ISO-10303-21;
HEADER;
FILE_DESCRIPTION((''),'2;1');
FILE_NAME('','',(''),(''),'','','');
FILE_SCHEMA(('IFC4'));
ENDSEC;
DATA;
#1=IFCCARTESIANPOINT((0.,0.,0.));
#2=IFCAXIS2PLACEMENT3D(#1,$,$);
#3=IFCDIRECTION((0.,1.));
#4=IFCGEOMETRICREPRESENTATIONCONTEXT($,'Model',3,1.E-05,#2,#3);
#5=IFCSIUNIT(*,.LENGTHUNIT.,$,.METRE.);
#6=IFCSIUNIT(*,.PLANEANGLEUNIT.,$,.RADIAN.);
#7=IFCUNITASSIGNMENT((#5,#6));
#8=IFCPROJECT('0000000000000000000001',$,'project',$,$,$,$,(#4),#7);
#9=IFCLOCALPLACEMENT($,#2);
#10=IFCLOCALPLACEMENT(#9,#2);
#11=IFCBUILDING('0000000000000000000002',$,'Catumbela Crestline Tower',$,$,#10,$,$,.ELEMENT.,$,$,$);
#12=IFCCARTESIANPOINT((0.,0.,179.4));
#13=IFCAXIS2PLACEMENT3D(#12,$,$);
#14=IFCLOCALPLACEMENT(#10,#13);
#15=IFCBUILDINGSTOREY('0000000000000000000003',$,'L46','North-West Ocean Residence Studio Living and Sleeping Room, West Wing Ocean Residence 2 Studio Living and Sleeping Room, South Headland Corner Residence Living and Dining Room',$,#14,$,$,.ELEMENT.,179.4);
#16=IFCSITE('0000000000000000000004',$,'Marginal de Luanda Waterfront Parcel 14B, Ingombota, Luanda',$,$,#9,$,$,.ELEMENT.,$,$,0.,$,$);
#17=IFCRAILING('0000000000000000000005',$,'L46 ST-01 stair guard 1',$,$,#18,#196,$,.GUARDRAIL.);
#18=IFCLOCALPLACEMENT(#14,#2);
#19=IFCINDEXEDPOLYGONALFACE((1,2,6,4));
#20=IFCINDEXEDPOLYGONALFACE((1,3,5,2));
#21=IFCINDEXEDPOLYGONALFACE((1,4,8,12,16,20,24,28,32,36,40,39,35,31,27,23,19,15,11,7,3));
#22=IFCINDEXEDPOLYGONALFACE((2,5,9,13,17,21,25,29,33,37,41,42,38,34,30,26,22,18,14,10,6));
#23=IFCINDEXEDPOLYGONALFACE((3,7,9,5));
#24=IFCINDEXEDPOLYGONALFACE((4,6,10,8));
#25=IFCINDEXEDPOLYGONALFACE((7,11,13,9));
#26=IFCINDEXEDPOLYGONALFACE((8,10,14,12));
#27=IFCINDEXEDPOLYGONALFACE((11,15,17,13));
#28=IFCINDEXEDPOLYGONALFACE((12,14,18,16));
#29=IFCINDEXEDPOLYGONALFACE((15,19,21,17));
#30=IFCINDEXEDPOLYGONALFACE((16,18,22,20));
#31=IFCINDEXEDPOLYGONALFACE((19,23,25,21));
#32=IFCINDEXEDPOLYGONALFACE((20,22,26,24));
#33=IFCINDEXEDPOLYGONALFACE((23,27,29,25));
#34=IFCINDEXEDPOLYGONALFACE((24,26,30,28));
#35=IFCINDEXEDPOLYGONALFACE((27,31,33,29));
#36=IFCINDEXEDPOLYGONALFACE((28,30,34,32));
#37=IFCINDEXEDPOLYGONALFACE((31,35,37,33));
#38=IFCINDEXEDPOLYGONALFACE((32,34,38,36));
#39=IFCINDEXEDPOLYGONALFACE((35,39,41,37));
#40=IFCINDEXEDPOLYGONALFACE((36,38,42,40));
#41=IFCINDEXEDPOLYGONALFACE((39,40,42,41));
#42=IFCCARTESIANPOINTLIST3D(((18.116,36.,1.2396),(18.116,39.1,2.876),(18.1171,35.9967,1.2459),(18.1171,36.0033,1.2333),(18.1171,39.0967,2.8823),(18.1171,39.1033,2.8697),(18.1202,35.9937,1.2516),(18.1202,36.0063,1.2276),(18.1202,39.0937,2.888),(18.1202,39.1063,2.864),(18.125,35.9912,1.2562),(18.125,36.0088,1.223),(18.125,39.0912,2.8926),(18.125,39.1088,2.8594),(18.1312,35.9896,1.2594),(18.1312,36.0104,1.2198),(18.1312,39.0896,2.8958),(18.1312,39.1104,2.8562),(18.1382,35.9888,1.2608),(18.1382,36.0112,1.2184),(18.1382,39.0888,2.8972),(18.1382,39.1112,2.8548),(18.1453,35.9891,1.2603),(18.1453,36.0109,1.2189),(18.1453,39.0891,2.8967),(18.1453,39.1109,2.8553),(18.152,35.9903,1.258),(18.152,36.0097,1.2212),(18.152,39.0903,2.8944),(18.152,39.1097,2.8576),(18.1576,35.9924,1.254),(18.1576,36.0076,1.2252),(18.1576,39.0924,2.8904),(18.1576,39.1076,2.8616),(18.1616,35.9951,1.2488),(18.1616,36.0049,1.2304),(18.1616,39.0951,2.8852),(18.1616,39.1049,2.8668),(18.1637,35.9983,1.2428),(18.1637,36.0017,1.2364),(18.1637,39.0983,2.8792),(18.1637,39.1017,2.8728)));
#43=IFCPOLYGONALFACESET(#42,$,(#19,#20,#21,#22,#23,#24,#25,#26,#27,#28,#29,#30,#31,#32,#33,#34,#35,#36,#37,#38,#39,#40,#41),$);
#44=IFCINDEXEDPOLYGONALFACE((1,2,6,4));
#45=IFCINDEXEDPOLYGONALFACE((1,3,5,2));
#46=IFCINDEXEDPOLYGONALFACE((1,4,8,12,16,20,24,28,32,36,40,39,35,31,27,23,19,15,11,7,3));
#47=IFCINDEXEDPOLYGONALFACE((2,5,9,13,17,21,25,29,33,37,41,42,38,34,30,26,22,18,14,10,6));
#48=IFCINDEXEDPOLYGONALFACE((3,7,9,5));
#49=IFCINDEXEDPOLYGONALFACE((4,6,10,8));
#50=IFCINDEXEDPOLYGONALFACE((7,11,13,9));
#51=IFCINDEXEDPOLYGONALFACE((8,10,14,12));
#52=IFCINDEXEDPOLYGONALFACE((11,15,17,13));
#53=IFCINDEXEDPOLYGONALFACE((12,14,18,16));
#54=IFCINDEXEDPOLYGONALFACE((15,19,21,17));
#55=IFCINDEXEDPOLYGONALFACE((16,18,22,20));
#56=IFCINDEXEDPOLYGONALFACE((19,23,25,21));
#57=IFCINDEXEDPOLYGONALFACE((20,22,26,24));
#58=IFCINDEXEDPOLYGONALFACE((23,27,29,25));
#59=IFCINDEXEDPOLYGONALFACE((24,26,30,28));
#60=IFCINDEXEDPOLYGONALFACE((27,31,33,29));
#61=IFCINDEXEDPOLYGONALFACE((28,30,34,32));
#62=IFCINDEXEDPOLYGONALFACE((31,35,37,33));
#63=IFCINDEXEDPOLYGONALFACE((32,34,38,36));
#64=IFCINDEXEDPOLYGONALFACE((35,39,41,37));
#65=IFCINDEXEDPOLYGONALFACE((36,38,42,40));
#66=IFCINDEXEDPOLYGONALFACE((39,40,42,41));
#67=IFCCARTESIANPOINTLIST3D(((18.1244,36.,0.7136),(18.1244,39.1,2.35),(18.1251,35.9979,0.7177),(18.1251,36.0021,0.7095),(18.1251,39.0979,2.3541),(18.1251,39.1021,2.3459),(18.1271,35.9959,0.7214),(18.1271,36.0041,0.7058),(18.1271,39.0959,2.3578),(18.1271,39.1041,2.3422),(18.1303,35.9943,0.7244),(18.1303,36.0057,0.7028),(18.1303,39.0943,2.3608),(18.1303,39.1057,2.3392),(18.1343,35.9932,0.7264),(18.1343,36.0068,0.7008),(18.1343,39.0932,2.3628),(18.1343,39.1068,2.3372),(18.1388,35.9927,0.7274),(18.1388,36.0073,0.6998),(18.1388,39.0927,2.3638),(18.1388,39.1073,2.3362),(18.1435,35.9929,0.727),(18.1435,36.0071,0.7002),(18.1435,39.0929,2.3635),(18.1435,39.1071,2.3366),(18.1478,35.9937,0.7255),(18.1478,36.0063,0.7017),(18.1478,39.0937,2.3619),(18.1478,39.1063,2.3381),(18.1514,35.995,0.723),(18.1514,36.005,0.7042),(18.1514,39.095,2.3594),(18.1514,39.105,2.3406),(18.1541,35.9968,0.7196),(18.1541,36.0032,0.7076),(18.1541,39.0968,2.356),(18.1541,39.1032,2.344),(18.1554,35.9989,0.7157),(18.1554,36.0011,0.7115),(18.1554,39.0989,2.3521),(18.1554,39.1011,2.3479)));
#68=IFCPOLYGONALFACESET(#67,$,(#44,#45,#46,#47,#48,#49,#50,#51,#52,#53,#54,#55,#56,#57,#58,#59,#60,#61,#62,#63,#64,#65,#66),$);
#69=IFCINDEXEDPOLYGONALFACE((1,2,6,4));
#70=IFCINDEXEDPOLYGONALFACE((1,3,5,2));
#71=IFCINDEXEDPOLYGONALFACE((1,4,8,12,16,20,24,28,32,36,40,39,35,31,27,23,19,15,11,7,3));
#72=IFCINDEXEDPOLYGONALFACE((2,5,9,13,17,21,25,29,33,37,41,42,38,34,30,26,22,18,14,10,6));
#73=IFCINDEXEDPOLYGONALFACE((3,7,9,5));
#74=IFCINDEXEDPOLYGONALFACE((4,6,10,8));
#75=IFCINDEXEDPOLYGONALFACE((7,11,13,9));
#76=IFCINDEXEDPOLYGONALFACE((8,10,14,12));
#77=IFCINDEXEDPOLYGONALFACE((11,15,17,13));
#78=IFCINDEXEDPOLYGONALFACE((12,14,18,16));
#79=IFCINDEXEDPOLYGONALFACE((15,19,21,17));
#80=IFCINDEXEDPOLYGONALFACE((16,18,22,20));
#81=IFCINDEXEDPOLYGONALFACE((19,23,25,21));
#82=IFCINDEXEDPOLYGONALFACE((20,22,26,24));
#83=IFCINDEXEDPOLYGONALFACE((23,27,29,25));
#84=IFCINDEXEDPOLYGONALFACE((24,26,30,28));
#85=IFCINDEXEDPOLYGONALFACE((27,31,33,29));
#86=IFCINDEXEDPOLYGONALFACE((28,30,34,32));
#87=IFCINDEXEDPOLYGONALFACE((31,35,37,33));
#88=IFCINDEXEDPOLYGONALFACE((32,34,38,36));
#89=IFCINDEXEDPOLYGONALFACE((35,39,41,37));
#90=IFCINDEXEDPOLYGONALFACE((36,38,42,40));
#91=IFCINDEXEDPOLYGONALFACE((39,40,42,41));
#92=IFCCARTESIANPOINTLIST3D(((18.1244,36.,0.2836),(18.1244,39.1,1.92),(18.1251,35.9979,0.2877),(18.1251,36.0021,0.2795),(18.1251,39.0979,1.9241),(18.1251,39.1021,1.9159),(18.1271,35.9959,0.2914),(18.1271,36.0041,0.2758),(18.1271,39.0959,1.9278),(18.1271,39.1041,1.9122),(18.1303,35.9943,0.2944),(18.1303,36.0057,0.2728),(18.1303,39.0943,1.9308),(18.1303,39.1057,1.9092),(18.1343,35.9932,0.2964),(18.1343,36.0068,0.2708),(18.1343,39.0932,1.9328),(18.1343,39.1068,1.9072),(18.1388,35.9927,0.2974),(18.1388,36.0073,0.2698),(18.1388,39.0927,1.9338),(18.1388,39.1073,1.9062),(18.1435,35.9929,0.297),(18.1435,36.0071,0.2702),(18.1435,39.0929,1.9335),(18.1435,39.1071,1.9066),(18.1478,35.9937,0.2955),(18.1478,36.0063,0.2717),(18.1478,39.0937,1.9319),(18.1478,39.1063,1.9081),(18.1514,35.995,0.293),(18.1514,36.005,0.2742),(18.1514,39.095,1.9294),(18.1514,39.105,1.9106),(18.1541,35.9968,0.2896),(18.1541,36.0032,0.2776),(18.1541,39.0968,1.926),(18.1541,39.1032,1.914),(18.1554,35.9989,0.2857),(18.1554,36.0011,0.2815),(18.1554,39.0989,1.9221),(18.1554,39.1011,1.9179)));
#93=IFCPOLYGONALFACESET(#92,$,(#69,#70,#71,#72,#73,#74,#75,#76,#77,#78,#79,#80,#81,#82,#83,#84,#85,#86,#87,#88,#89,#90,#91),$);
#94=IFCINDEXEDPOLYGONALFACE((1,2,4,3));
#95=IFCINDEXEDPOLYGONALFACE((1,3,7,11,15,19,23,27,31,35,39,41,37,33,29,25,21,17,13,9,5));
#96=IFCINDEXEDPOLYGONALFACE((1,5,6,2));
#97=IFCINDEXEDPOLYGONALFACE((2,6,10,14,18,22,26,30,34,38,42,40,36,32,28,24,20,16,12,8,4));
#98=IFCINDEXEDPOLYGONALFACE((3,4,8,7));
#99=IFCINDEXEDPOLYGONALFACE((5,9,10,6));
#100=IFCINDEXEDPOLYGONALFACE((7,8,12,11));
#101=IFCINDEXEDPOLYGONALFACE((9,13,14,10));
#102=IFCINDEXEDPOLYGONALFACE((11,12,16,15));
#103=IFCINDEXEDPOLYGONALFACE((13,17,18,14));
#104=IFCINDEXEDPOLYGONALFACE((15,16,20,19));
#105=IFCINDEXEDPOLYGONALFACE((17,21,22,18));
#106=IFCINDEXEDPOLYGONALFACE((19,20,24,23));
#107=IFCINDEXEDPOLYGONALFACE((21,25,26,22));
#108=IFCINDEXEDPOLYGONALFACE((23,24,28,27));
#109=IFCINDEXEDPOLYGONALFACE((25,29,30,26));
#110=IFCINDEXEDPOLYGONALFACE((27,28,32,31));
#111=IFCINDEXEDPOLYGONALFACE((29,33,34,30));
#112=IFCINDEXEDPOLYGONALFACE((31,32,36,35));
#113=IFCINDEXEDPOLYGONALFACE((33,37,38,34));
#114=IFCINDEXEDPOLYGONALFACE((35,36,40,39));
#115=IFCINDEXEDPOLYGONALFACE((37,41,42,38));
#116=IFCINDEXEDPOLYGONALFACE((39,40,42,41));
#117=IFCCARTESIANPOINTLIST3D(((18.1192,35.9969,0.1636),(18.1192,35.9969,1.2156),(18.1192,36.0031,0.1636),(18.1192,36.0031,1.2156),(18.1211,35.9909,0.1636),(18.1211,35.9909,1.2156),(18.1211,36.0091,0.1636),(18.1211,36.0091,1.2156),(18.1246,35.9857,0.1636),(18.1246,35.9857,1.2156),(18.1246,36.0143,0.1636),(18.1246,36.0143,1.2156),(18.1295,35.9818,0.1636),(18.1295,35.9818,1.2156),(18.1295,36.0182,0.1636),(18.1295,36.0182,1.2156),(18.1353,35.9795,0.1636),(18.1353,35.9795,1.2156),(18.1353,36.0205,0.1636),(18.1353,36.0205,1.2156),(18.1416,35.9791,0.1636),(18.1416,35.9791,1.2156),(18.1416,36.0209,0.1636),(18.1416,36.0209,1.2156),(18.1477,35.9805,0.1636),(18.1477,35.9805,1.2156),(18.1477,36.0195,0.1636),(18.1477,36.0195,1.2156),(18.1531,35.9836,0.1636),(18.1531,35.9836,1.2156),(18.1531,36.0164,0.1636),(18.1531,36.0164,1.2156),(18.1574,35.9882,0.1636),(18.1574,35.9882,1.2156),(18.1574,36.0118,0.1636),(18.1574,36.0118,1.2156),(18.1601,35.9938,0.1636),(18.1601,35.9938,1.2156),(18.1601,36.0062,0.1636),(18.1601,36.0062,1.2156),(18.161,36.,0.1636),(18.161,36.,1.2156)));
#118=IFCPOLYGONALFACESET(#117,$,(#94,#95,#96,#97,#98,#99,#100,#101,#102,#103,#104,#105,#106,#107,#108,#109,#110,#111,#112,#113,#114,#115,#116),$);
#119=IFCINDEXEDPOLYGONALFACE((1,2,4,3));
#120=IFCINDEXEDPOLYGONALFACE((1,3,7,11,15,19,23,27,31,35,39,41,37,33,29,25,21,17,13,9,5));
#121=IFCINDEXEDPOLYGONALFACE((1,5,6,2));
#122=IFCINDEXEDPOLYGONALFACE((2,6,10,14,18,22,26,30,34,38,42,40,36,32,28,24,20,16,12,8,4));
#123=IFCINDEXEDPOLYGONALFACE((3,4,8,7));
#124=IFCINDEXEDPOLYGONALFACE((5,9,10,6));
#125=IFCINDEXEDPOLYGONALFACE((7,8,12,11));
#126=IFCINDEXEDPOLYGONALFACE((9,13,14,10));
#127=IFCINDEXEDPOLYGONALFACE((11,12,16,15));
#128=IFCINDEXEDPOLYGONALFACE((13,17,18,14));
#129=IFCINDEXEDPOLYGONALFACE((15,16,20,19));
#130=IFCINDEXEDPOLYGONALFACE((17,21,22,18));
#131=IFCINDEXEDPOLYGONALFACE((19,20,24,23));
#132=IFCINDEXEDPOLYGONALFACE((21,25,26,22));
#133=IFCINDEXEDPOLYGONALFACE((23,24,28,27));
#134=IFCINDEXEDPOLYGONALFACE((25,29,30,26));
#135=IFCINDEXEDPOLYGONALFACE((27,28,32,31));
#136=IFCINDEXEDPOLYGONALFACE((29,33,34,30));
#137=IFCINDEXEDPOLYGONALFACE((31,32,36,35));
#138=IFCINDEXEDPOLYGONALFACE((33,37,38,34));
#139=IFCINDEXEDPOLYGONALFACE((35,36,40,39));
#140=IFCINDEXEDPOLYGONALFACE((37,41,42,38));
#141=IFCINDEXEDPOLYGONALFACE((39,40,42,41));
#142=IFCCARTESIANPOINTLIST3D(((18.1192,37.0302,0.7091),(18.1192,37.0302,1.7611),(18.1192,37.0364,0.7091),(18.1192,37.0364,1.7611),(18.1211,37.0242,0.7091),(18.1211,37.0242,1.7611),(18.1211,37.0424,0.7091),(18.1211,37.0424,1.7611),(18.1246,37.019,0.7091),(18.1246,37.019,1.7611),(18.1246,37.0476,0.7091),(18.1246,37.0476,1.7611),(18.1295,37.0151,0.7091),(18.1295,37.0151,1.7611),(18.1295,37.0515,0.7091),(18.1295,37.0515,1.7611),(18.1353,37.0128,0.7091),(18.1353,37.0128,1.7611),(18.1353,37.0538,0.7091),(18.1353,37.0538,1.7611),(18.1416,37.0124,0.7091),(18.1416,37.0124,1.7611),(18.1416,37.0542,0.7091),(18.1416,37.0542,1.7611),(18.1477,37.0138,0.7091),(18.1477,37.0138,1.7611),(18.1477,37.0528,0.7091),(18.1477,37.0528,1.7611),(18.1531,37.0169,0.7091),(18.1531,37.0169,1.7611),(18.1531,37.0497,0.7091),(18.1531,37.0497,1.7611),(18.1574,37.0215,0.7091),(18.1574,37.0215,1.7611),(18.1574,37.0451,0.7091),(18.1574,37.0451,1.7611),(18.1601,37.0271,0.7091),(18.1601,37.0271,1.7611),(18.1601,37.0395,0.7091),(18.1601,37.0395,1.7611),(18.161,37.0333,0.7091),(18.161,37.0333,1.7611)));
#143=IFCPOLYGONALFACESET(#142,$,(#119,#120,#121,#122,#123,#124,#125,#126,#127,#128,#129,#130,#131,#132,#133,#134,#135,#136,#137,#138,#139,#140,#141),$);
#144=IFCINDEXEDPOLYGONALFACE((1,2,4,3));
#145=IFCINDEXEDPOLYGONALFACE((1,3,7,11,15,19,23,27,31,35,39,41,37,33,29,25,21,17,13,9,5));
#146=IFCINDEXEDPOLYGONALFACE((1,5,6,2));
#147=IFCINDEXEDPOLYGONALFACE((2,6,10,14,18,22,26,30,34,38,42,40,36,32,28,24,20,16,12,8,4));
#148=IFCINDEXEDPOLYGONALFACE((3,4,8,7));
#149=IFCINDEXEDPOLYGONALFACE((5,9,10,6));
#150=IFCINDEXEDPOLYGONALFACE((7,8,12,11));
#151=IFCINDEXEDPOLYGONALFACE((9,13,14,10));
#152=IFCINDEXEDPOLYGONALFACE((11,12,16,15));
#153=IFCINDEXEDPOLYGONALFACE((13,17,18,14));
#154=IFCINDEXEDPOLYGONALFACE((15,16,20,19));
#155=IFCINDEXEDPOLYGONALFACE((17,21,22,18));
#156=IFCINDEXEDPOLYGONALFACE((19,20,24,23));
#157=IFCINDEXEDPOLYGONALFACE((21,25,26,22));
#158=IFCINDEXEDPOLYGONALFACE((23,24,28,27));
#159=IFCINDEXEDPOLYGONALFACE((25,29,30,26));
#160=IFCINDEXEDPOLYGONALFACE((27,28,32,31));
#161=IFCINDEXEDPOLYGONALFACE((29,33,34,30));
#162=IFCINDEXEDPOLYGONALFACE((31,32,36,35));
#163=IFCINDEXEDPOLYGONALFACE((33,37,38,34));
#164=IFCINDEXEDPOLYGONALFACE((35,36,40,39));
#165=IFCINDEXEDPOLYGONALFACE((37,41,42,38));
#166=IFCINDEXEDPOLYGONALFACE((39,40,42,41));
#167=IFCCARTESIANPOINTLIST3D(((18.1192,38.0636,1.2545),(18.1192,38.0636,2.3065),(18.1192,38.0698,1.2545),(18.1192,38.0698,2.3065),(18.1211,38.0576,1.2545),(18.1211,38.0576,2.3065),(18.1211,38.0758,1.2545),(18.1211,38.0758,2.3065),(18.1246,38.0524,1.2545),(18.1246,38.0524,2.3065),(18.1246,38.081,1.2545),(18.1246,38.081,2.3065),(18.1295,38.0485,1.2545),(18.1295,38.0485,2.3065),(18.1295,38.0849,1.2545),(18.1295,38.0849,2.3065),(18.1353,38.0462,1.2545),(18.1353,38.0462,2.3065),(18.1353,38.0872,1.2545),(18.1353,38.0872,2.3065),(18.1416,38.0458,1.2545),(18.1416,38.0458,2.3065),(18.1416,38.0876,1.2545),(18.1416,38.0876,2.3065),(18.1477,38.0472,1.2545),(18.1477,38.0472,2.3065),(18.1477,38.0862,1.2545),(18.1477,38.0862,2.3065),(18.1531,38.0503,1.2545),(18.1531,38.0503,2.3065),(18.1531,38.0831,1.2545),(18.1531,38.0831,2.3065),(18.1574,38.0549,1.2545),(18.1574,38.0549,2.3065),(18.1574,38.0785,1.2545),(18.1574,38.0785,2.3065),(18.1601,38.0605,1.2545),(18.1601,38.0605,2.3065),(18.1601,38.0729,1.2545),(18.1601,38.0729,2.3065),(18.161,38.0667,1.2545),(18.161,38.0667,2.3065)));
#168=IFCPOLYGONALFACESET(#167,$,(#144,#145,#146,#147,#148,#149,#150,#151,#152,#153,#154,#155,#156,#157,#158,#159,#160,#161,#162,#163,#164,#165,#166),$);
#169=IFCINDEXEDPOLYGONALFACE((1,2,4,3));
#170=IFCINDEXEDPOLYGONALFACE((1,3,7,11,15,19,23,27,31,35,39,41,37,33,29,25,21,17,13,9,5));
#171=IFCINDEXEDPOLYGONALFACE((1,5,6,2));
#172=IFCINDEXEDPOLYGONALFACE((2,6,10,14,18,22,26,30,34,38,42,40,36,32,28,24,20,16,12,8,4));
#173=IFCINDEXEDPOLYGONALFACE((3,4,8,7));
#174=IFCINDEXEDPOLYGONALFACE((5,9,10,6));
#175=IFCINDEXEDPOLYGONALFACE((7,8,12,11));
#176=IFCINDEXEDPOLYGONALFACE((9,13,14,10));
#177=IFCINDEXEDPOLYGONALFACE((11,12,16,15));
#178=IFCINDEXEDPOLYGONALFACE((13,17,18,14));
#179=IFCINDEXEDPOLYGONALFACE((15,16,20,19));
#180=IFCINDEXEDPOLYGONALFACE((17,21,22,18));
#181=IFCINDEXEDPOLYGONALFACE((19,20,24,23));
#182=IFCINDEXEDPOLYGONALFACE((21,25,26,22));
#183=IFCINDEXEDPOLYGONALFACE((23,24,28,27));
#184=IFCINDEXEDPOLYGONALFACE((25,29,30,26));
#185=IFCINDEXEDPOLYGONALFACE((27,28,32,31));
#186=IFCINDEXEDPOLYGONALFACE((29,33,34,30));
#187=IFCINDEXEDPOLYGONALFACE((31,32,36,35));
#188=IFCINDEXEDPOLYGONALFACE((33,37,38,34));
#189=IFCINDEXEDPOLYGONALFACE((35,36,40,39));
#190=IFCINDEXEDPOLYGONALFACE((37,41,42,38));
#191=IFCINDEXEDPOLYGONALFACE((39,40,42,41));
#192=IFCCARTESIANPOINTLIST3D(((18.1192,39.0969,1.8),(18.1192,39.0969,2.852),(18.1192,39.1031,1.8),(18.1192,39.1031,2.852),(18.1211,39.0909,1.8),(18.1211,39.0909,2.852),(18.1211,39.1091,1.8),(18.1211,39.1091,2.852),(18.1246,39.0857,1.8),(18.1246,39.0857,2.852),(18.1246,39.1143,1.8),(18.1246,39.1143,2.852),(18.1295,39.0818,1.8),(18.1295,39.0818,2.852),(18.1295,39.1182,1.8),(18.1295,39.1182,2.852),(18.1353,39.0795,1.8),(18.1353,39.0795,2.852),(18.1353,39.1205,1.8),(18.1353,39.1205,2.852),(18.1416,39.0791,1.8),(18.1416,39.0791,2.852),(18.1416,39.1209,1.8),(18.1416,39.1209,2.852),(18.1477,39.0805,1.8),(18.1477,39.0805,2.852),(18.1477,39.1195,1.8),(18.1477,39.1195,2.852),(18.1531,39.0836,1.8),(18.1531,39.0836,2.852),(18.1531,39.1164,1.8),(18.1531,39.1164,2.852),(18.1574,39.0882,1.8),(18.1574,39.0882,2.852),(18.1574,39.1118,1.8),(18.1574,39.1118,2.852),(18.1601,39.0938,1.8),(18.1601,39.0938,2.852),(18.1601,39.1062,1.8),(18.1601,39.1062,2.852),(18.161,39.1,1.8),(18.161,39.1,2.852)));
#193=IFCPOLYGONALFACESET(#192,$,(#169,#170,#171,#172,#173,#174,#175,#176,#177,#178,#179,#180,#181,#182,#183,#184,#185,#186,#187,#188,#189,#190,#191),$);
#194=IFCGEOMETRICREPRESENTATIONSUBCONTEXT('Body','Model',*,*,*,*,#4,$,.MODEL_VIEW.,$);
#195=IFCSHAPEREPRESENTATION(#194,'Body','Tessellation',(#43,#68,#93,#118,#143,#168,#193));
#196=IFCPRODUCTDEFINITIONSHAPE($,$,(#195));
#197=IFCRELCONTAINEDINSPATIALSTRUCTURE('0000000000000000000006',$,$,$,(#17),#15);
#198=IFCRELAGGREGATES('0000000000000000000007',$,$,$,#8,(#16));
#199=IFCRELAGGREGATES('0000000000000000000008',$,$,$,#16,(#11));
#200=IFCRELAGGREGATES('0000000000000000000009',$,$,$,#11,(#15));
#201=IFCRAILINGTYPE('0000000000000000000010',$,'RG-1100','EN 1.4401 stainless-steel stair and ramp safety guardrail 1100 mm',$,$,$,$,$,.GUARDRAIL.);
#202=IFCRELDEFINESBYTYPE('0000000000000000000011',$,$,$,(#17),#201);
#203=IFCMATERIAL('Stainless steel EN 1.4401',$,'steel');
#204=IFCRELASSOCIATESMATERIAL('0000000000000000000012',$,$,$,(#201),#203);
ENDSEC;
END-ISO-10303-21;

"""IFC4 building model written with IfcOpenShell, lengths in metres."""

from ifc_helpers import new_model, si_unit, direction, frame, origin, origin_2d, place, context, subcontext, project, spatial, circle, extrude, material, type_object, element, save


model = new_model("IFC4")

# Units and contexts
model_context = context("Model", 3, precision=1e-05, world=origin(), true_north=direction((0.0, 1.0)))
body_context = subcontext(model_context, "Body", "Model", "MODEL_VIEW")
ifc_project = project(units=[si_unit("LENGTHUNIT", "METRE"), si_unit("PLANEANGLEUNIT", "RADIAN")], contexts=[model_context])

# Site, building, storey
site_placement = place(None, origin())
site = spatial("IfcSite", under=ifc_project, at=site_placement, Name="Marginal de Luanda Waterfront Parcel 14B, Ingombota, Luanda", CompositionType="ELEMENT", RefElevation=0.0)
building_placement = place(site_placement, origin())
building = spatial("IfcBuilding", under=site, at=building_placement, Name="Catumbela Crestline Tower", CompositionType="ELEMENT")
storey_placement = place(building_placement, frame((0.0, 0.0, 179.4)))
storey = spatial("IfcBuildingStorey", under=building, at=storey_placement, Name="L46", Description="North-West Ocean Residence Studio Living and Sleeping Room, West Wing Ocean Residence 2 Studio Living and Sleeping Room, South Headland Corner Residence Living and Dining Room", CompositionType="ELEMENT", Elevation=179.4)

# Shared definitions
ifc_material_1 = material(Name="Stainless steel EN 1.4401", Category="steel")

# Railing
railing_type_1 = type_object("IfcRailingType", Name="RG-1100", Description="EN 1.4401 stainless-steel stair and ramp safety guardrail 1100 mm", PredefinedType="GUARDRAIL", material=ifc_material_1)
railing_1_placement = place(storey_placement, frame((18.14, 36.0, 0.1636)))
element("IfcRailing", 1, at=railing_1_placement, inside=storey, type_object=railing_type_1, Name="L46 ST-01 stair guard 1", PredefinedType="GUARDRAIL", context=body_context, shape_type="SweptSolid", body=[
    extrude(circle(Radius=0.024, at=origin_2d()), frame((0.0, 0.0, 1.076), z_axis=(0.0, 0.884351, 0.466823), x_axis=(-1.0, 0.0, 0.0)), (0.0, 0.0, 1.0), 3.5054),
    extrude(circle(Radius=0.0156, at=origin_2d()), frame((0.0, 0.0, 0.55), z_axis=(0.0, 0.884351, 0.466823), x_axis=(-1.0, 0.0, 0.0)), (0.0, 0.0, 1.0), 3.5054),
    extrude(circle(Radius=0.0156, at=origin_2d()), frame((0.0, 0.0, 0.12), z_axis=(0.0, 0.884351, 0.466823), x_axis=(-1.0, 0.0, 0.0)), (0.0, 0.0, 1.0), 3.5054),
    extrude(circle(Radius=0.021, at=origin_2d()), origin(), (0.0, 0.0, 1.0), 1.052),
    extrude(circle(Radius=0.021, at=origin_2d()), frame((0.0, 1.0333, 0.5455)), (0.0, 0.0, 1.0), 1.052),
    extrude(circle(Radius=0.021, at=origin_2d()), frame((0.0, 2.0667, 1.0909)), (0.0, 0.0, 1.0), 1.052),
    extrude(circle(Radius=0.021, at=origin_2d()), frame((0.0, 3.1, 1.6364)), (0.0, 0.0, 1.0), 1.052),
])

save(model, "model.ifc")
